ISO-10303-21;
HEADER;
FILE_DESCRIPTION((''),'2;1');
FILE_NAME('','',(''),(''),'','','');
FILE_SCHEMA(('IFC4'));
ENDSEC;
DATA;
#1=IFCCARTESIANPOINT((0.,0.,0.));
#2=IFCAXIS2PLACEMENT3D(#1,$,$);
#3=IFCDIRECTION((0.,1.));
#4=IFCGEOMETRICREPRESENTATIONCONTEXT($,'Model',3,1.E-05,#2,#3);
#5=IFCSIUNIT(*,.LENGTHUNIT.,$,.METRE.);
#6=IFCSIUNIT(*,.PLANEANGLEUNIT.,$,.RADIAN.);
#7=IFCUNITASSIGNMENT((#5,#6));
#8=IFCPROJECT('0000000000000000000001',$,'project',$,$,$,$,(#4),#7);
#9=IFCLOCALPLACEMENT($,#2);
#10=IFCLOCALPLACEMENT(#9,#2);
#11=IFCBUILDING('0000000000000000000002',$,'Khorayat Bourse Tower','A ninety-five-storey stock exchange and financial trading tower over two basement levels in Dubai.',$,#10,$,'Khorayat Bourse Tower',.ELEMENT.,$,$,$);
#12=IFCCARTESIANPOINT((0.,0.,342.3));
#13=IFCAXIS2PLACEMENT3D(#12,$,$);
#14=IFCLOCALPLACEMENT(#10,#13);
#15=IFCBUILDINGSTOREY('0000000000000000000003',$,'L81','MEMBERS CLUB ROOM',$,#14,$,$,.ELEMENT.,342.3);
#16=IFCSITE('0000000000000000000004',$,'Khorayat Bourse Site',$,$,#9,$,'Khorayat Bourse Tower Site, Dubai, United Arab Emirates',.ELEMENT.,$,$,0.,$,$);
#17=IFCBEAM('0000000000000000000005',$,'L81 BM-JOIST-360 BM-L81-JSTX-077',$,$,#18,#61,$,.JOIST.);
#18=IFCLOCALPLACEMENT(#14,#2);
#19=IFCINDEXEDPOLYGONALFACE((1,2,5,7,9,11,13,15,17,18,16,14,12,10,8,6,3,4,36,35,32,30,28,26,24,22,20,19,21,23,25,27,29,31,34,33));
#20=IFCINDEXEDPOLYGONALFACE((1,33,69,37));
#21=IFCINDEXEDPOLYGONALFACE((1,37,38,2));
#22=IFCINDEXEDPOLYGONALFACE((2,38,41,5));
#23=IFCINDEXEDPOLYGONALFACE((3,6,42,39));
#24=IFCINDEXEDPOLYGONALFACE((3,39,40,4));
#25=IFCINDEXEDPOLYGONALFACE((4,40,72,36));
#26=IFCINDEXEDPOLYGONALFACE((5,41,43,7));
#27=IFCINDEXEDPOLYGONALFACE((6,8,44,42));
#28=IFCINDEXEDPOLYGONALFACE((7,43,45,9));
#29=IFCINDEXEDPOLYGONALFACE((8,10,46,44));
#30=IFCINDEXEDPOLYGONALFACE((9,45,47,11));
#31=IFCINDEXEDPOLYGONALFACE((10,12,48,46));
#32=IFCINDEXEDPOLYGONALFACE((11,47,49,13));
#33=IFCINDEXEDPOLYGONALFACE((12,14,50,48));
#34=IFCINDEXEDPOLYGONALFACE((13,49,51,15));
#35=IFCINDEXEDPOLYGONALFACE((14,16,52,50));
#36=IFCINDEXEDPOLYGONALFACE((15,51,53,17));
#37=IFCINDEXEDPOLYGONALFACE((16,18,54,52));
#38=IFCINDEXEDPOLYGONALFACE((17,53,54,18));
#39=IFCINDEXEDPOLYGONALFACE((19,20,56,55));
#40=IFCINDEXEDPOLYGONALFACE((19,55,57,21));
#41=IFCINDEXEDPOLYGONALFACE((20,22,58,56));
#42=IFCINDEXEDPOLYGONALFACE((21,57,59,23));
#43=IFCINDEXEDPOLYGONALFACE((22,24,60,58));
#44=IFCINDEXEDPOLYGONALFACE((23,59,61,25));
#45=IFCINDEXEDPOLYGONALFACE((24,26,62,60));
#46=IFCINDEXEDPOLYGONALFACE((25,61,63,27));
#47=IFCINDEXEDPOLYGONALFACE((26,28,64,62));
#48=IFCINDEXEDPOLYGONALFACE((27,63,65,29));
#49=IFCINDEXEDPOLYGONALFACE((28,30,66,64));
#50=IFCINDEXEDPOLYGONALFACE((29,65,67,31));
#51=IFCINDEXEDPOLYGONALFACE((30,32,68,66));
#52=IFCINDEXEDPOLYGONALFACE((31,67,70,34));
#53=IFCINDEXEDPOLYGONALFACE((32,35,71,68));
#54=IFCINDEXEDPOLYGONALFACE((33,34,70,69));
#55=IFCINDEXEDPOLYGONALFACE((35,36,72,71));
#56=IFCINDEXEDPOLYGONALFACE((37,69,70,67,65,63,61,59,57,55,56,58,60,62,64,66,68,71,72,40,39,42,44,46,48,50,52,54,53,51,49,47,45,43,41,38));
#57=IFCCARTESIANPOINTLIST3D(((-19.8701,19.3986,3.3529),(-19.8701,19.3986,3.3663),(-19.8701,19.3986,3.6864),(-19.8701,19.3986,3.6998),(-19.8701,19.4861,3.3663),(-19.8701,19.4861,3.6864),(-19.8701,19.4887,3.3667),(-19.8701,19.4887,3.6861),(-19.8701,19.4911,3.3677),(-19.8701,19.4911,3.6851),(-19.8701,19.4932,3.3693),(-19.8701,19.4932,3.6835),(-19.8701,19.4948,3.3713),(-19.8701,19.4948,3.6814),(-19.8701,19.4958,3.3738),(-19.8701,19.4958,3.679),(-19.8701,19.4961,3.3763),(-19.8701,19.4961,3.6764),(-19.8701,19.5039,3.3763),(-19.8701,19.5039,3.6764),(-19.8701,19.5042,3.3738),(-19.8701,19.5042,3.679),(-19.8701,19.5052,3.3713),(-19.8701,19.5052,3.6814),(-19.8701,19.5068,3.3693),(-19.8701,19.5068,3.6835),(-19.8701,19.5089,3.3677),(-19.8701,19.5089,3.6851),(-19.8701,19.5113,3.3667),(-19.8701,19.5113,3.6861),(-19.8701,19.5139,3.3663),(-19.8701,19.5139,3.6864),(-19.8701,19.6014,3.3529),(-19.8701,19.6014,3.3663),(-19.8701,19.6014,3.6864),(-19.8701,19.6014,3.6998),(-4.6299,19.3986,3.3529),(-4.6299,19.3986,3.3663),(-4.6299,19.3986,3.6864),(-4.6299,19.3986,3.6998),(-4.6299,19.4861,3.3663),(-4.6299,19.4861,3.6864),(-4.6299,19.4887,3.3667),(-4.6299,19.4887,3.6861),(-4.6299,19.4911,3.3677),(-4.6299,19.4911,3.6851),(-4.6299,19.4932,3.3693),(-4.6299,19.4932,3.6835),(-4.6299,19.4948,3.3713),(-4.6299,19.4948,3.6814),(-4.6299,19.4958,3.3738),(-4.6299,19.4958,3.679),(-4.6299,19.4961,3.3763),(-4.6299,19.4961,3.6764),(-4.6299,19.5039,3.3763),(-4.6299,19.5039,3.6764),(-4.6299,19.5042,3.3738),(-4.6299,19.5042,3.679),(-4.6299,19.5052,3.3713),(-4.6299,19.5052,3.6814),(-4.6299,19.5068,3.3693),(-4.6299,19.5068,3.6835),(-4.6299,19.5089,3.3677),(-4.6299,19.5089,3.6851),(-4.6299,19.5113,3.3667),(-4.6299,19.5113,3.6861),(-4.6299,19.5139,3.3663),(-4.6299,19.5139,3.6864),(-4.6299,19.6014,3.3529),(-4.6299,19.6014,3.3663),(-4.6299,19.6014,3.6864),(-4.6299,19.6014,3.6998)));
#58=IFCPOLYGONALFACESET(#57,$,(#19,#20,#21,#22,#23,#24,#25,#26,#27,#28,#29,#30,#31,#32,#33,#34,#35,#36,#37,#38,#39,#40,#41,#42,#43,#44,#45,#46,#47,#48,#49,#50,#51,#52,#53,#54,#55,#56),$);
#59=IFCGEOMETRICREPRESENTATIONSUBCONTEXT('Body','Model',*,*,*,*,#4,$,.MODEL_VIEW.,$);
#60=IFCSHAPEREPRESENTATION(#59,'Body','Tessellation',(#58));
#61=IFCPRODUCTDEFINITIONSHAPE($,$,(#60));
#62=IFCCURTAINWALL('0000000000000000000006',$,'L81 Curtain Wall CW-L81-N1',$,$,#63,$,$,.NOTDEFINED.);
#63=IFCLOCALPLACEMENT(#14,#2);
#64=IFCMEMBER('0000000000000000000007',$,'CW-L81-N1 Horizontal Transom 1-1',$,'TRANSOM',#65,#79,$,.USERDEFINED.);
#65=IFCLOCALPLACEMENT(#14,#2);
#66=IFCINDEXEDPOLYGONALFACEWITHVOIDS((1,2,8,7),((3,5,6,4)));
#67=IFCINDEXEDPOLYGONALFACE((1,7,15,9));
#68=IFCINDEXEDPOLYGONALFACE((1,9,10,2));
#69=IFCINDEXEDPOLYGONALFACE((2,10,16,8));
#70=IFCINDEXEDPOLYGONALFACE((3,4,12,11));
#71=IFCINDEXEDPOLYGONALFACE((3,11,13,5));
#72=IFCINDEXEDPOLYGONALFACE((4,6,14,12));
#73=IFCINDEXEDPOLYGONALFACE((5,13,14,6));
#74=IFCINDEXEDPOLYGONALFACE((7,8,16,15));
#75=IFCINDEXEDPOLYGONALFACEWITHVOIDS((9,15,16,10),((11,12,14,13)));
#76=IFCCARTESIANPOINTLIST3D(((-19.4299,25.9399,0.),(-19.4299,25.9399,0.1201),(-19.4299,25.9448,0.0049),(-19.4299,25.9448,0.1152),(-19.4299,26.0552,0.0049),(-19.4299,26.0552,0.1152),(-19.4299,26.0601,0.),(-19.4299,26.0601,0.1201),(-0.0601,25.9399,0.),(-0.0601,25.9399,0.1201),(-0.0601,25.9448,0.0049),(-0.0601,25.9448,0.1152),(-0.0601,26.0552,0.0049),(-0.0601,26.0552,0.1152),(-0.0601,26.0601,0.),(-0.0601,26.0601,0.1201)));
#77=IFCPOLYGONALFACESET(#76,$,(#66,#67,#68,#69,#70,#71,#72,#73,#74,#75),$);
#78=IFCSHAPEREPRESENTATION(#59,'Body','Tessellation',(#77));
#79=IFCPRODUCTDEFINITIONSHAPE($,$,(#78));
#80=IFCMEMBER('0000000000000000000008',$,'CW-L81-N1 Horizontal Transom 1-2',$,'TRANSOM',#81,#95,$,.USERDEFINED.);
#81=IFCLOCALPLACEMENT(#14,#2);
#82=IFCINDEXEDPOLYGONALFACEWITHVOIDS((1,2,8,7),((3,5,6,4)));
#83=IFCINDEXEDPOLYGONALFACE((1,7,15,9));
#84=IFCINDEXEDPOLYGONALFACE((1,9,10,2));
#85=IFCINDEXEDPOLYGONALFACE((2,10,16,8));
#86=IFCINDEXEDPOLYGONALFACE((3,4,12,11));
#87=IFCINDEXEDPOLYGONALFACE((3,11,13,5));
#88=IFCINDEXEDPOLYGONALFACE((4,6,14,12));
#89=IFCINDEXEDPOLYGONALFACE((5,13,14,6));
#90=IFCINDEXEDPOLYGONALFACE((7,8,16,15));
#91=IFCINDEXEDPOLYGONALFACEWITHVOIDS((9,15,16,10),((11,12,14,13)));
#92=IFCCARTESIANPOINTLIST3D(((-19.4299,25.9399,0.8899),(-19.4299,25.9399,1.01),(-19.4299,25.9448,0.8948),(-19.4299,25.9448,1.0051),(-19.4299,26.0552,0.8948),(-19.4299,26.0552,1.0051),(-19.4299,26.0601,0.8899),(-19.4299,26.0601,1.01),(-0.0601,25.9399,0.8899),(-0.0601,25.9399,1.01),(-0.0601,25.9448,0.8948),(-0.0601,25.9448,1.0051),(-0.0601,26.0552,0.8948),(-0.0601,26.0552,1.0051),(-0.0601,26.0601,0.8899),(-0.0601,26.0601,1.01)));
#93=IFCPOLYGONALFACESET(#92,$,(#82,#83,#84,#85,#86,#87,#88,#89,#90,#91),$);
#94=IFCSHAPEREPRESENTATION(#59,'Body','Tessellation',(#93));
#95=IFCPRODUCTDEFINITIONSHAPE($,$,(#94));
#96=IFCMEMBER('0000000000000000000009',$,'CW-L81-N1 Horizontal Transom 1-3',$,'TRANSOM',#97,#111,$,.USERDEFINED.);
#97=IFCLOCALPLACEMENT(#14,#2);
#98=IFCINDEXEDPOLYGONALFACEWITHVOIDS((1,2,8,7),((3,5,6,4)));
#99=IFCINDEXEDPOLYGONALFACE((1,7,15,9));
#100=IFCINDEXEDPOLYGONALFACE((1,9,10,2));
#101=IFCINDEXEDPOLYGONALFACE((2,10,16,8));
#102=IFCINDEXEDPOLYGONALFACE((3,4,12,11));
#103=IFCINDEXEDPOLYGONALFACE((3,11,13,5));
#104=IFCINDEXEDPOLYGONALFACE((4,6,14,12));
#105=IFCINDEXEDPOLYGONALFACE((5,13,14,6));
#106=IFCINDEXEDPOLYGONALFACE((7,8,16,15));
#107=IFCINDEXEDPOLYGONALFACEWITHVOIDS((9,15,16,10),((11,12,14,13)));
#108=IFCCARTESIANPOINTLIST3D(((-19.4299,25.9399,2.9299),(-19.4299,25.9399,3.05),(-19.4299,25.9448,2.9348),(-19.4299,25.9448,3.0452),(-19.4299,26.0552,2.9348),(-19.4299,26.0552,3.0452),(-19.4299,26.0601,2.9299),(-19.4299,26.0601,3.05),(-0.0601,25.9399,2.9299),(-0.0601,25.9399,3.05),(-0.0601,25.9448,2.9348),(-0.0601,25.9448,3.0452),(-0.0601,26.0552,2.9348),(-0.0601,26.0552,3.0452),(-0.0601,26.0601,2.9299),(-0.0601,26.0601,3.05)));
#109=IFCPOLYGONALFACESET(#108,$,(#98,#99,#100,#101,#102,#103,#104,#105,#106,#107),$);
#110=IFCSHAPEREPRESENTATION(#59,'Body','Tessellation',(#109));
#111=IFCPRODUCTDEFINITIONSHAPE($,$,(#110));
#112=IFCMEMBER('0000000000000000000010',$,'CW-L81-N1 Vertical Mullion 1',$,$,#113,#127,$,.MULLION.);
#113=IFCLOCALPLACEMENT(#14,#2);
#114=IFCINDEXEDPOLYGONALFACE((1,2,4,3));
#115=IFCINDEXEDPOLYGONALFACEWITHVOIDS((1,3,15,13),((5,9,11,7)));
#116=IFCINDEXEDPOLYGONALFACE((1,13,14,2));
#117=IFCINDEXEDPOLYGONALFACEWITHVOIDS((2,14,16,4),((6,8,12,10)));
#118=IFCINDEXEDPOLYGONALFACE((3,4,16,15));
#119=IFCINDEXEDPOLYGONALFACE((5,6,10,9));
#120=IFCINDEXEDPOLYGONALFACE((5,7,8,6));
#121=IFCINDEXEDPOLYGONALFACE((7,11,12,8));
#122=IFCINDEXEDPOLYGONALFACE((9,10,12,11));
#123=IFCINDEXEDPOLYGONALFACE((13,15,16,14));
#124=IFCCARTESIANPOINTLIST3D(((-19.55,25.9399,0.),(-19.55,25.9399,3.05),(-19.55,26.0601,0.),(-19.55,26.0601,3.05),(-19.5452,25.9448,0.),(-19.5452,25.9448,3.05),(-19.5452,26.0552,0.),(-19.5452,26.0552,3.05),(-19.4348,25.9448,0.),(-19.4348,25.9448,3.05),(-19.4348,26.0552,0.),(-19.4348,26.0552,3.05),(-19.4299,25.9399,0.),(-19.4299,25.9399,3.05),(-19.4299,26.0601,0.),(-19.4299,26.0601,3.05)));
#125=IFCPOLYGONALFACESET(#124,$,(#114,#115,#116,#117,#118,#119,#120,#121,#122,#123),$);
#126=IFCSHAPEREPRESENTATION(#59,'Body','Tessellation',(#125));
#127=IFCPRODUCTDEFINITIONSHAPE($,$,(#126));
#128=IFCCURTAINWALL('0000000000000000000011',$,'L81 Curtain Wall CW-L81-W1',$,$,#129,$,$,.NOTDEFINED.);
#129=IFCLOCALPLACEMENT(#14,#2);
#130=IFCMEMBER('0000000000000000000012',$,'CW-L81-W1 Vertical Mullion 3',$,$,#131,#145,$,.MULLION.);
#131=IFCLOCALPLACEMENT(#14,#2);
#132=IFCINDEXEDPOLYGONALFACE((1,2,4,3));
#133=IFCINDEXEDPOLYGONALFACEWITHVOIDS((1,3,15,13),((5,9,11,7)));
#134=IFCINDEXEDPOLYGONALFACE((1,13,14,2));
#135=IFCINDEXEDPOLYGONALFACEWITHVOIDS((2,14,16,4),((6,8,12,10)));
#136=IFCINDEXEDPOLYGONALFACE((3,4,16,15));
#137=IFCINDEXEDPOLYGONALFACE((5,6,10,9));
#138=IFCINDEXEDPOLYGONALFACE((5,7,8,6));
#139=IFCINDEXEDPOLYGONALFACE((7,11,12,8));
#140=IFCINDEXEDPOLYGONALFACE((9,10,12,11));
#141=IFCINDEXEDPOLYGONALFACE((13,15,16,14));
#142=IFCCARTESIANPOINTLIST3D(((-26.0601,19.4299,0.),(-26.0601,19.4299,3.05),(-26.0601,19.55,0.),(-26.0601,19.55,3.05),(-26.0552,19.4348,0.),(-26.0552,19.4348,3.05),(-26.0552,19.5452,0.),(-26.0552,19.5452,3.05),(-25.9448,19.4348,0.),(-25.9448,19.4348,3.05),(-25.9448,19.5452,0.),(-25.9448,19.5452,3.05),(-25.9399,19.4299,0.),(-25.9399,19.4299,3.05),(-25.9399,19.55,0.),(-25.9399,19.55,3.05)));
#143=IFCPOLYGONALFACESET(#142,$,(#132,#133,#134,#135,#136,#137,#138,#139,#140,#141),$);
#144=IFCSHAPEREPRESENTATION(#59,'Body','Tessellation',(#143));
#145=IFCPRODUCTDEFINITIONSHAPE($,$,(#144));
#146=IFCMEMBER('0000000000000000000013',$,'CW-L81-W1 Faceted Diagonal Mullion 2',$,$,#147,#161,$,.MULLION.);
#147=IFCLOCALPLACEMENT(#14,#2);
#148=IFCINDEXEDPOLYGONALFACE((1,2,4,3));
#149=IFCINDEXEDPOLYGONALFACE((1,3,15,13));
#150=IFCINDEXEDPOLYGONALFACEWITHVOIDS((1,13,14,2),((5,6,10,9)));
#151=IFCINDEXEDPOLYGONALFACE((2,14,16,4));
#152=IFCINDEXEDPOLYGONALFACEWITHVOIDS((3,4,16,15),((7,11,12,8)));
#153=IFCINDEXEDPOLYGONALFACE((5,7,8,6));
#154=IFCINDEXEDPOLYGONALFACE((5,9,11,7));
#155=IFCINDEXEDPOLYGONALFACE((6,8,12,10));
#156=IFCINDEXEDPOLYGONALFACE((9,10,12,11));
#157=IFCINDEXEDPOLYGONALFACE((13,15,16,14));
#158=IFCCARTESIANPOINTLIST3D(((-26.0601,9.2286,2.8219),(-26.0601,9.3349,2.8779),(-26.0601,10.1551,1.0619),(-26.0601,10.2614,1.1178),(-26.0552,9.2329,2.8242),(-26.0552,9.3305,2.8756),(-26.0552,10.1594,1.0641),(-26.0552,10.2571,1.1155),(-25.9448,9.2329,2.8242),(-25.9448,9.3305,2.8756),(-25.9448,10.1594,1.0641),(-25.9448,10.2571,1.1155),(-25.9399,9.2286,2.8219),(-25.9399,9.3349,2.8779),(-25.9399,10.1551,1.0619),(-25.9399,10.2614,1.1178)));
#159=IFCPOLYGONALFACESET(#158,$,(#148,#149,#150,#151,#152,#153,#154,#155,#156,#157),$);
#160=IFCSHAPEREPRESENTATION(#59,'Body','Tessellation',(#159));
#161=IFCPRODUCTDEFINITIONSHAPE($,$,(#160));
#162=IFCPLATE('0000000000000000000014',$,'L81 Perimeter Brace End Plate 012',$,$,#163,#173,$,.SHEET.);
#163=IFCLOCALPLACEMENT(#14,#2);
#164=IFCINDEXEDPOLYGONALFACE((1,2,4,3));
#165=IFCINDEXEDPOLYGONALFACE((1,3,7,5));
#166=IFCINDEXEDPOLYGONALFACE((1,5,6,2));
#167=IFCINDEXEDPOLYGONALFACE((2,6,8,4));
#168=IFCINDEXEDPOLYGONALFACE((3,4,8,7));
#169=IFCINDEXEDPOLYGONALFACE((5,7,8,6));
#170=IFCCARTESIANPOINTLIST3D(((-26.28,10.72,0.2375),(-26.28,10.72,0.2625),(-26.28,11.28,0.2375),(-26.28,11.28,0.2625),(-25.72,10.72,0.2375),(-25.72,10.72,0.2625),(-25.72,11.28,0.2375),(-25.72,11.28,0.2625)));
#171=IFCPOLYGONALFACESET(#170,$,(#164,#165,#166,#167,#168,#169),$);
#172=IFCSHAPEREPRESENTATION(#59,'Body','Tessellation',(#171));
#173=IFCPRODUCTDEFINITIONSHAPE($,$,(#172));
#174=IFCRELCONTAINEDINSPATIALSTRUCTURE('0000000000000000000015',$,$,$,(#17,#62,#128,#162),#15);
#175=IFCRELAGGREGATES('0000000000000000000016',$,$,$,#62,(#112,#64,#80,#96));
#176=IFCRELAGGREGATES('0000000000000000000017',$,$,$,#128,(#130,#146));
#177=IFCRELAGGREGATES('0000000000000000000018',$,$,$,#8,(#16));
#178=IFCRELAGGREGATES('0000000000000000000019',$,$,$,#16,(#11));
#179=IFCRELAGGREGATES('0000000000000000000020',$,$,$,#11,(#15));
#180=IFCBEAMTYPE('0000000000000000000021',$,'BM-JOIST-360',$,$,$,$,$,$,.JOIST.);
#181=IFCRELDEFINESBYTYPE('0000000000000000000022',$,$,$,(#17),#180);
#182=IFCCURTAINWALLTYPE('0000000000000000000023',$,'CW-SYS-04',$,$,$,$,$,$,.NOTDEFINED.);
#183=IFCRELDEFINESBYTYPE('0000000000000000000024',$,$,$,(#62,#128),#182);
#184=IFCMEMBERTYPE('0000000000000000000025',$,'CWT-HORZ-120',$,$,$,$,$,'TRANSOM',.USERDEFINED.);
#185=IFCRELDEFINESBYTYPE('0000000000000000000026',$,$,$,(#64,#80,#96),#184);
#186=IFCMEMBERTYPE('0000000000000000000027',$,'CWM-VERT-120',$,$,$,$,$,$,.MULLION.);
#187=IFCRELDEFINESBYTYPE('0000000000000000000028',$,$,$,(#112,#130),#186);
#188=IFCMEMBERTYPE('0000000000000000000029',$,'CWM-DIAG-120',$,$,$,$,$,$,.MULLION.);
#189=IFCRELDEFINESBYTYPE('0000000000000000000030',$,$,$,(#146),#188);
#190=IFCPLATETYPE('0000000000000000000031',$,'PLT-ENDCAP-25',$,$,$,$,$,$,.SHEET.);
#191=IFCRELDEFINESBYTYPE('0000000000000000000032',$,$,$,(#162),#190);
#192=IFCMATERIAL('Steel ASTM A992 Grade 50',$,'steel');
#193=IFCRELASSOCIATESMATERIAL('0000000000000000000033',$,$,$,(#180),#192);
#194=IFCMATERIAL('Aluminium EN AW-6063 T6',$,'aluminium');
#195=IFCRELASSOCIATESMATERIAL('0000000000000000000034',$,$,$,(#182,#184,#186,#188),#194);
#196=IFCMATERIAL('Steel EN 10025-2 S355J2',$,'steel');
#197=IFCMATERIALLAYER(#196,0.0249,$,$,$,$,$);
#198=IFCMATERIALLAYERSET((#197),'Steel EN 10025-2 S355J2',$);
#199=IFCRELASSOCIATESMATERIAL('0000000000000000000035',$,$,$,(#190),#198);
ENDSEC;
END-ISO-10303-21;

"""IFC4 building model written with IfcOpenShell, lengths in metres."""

from ifc_helpers import new_model, si_unit, direction, frame, origin, origin_2d, place, context, subcontext, project, spatial, rectangle, hollow_rectangle, i_section, extrude, source, transform, mapped, material, layer, layer_set, material_profile, profile_set, type_object, element, aggregate, save


model = new_model("IFC4")

# Units and contexts
model_context = context("Model", 3, precision=1e-05, world=origin(), true_north=direction((0.0, 1.0)))
body_context = subcontext(model_context, "Body", "Model", "MODEL_VIEW")
ifc_project = project(units=[si_unit("LENGTHUNIT", "METRE"), si_unit("PLANEANGLEUNIT", "RADIAN")], contexts=[model_context])

# Site, building, storey
site_placement = place(None, origin())
site = spatial("IfcSite", under=ifc_project, at=site_placement, Name="Khorayat Bourse Site", LongName="Khorayat Bourse Tower Site, Dubai, United Arab Emirates", CompositionType="ELEMENT", RefElevation=0.0)
building_placement = place(site_placement, origin())
building = spatial("IfcBuilding", under=site, at=building_placement, Name="Khorayat Bourse Tower", Description="A ninety-five-storey stock exchange and financial trading tower over two basement levels in Dubai.", LongName="Khorayat Bourse Tower", CompositionType="ELEMENT")
storey_placement = place(building_placement, frame((0.0, 0.0, 342.3)))
storey = spatial("IfcBuildingStorey", under=building, at=storey_placement, Name="L81", Description="MEMBERS CLUB ROOM", CompositionType="ELEMENT", Elevation=342.3)

# Shared definitions
ifc_material_1 = material(Name="Steel EN 10025-2 S355J2", Category="steel")

# Beam
ifc_material_2 = material(Name="Steel ASTM A992 Grade 50", Category="steel")
ifc_material_profile_1 = material_profile(ifc_material_2, i_section(OverallWidth=0.2029, OverallDepth=0.3469, WebThickness=0.0078, FlangeThickness=0.0134, FilletRadius=0.01, at=origin_2d()), Name="W360X64")
ifc_profile_set_1 = profile_set([ifc_material_profile_1], Name="Steel ASTM A992 Grade 50")
beam_type_1 = type_object("IfcBeamType", Name="BM-JOIST-360", PredefinedType="JOIST", material=ifc_profile_set_1)
shared_shape_1 = source(origin(), body_context, "Body", "SweptSolid", [
    extrude(i_section(OverallWidth=0.2029, OverallDepth=0.3469, WebThickness=0.0078, FlangeThickness=0.0134, FilletRadius=0.01, at=origin_2d()), origin(), (0.0, 0.0, 1.0), 15.2402),
])
beam_1_placement = place(storey_placement, frame((-19.8701, 19.5, 3.5264), z_axis=(1.0, 0.0, 0.0), x_axis=(0.0, 1.0, 0.0)))
element("IfcBeam", 1, at=beam_1_placement, inside=storey, type_object=beam_type_1, Name="L81 BM-JOIST-360 BM-L81-JSTX-077", PredefinedType="JOIST", context=body_context, shape_type="MappedRepresentation", body=[
    mapped(shared_shape_1, transform((0.0, 0.0, 0.0), scale=1.0)),
])

# Curtain walls, members
ifc_material_3 = material(Name="Aluminium EN AW-6063 T6", Category="aluminium")
curtain_wall_type = type_object("IfcCurtainWallType", Name="CW-SYS-04", PredefinedType="NOTDEFINED", material=ifc_material_3)
curtain_wall_1_placement = place(storey_placement, origin())
curtain_wall_1 = element("IfcCurtainWall", 2, at=curtain_wall_1_placement, inside=storey, type_object=curtain_wall_type, Name="L81 Curtain Wall CW-L81-N1", PredefinedType="NOTDEFINED")
ifc_material_profile_2 = material_profile(ifc_material_3, hollow_rectangle(XDim=0.1201, YDim=0.1201, WallThickness=0.0049, at=origin_2d()), Name="ALU 120x120x5")
ifc_profile_set_2 = profile_set([ifc_material_profile_2], Name="Aluminium EN AW-6063 T6")
member_type_1 = type_object("IfcMemberType", Name="CWT-HORZ-120", ElementType="TRANSOM", PredefinedType="USERDEFINED", material=ifc_profile_set_2)
shared_shape_2 = source(origin(), body_context, "Body", "SweptSolid", [
    extrude(hollow_rectangle(XDim=0.1201, YDim=0.1201, WallThickness=0.0049, at=origin_2d()), origin(), (0.0, 0.0, 1.0), 19.3699),
])
member_1_placement = place(storey_placement, frame((-19.4299, 26.0, 0.0601), z_axis=(1.0, 0.0, 0.0), x_axis=(0.0, 1.0, 0.0)))
member_1 = element("IfcMember", 3, at=member_1_placement, type_object=member_type_1, Name="CW-L81-N1 Horizontal Transom 1-1", ObjectType="TRANSOM", PredefinedType="USERDEFINED", context=body_context, shape_type="MappedRepresentation", body=[
    mapped(shared_shape_2, transform((0.0, 0.0, 0.0), scale=1.0)),
])
member_2_placement = place(storey_placement, frame((-19.4299, 26.0, 0.95), z_axis=(1.0, 0.0, 0.0), x_axis=(0.0, 1.0, 0.0)))
member_2 = element("IfcMember", 4, at=member_2_placement, type_object=member_type_1, Name="CW-L81-N1 Horizontal Transom 1-2", ObjectType="TRANSOM", PredefinedType="USERDEFINED", context=body_context, shape_type="MappedRepresentation", body=[
    mapped(shared_shape_2, transform((0.0, 0.0, 0.0), scale=1.0)),
])
member_3_placement = place(storey_placement, frame((-19.4299, 26.0, 2.99), z_axis=(1.0, 0.0, 0.0), x_axis=(0.0, 1.0, 0.0)))
member_3 = element("IfcMember", 5, at=member_3_placement, type_object=member_type_1, Name="CW-L81-N1 Horizontal Transom 1-3", ObjectType="TRANSOM", PredefinedType="USERDEFINED", context=body_context, shape_type="MappedRepresentation", body=[
    mapped(shared_shape_2, transform((0.0, 0.0, 0.0), scale=1.0)),
])
ifc_material_profile_3 = material_profile(ifc_material_3, hollow_rectangle(XDim=0.1201, YDim=0.1201, WallThickness=0.0049, at=origin_2d()), Name="ALU 120x120x5")
ifc_profile_set_3 = profile_set([ifc_material_profile_3], Name="Aluminium EN AW-6063 T6")
member_type_2 = type_object("IfcMemberType", Name="CWM-VERT-120", PredefinedType="MULLION", material=ifc_profile_set_3)
shared_shape_3 = source(origin(), body_context, "Body", "SweptSolid", [
    extrude(hollow_rectangle(XDim=0.1201, YDim=0.1201, WallThickness=0.0049, at=origin_2d()), origin(), (0.0, 0.0, 1.0), 3.05),
])
member_4_placement = place(storey_placement, frame((-19.49, 26.0, 0.0), z_axis=(0.0, 0.0, 1.0), x_axis=(0.0, 1.0, 0.0)))
member_4 = element("IfcMember", 6, at=member_4_placement, type_object=member_type_2, Name="CW-L81-N1 Vertical Mullion 1", PredefinedType="MULLION", context=body_context, shape_type="MappedRepresentation", body=[
    mapped(shared_shape_3, transform((0.0, 0.0, 0.0), scale=1.0)),
])
aggregate(curtain_wall_1, [member_4, member_1, member_2, member_3])
curtain_wall_2_placement = place(storey_placement, origin())
curtain_wall_2 = element("IfcCurtainWall", 7, at=curtain_wall_2_placement, inside=storey, type_object=curtain_wall_type, Name="L81 Curtain Wall CW-L81-W1", PredefinedType="NOTDEFINED")
member_5_placement = place(storey_placement, frame((-26.0, 19.49, 0.0), z_axis=(0.0, 0.0, 1.0), x_axis=(-1.0, 0.0, 0.0)))
member_5 = element("IfcMember", 8, at=member_5_placement, type_object=member_type_2, Name="CW-L81-W1 Vertical Mullion 3", PredefinedType="MULLION", context=body_context, shape_type="MappedRepresentation", body=[
    mapped(shared_shape_3, transform((0.0, 0.0, 0.0), scale=1.0)),
])
ifc_material_profile_4 = material_profile(ifc_material_3, hollow_rectangle(XDim=0.1201, YDim=0.1201, WallThickness=0.0049, at=origin_2d()), Name="ALU 120x120x5")
ifc_profile_set_4 = profile_set([ifc_material_profile_4], Name="Aluminium EN AW-6063 T6")
member_type_3 = type_object("IfcMemberType", Name="CWM-DIAG-120", PredefinedType="MULLION", material=ifc_profile_set_4)
shared_shape_4 = source(origin(), body_context, "Body", "SweptSolid", [
    extrude(hollow_rectangle(XDim=0.1201, YDim=0.1201, WallThickness=0.0049, at=origin_2d()), origin(), (0.0, 0.0, 1.0), 1.989),
])
member_6_placement = place(storey_placement, frame((-26.0, 10.2083, 1.0898), z_axis=(0.0, -0.465822, 0.884878), x_axis=(1.0, 0.0, 0.0)))
member_6 = element("IfcMember", 9, at=member_6_placement, type_object=member_type_3, Name="CW-L81-W1 Faceted Diagonal Mullion 2", PredefinedType="MULLION", context=body_context, shape_type="MappedRepresentation", body=[
    mapped(shared_shape_4, transform((0.0, 0.0, 0.0), scale=1.0)),
])

# Plate
ifc_layer_1 = layer(ifc_material_1, 0.0249)
ifc_layer_set_1 = layer_set([ifc_layer_1], Name="Steel EN 10025-2 S355J2")
plate_type_1 = type_object("IfcPlateType", Name="PLT-ENDCAP-25", PredefinedType="SHEET", material=ifc_layer_set_1)
shared_shape_5 = source(origin(), body_context, "Body", "SweptSolid", [
    extrude(rectangle(XDim=0.5601, YDim=0.5601, at=origin_2d()), origin(), (0.0, 0.0, 1.0), 0.0249),
])
plate_1_placement = place(storey_placement, frame((-26.0, 11.0, 0.2375), z_axis=(0.0, 0.0, 1.0), x_axis=(1.0, 0.0, 0.0)))
element("IfcPlate", 10, at=plate_1_placement, inside=storey, type_object=plate_type_1, Name="L81 Perimeter Brace End Plate 012", PredefinedType="SHEET", context=body_context, shape_type="MappedRepresentation", body=[
    mapped(shared_shape_5, transform((0.0, 0.0, 0.0), scale=1.0)),
])
aggregate(curtain_wall_2, [member_5, member_6])

save(model, "model.ifc")
